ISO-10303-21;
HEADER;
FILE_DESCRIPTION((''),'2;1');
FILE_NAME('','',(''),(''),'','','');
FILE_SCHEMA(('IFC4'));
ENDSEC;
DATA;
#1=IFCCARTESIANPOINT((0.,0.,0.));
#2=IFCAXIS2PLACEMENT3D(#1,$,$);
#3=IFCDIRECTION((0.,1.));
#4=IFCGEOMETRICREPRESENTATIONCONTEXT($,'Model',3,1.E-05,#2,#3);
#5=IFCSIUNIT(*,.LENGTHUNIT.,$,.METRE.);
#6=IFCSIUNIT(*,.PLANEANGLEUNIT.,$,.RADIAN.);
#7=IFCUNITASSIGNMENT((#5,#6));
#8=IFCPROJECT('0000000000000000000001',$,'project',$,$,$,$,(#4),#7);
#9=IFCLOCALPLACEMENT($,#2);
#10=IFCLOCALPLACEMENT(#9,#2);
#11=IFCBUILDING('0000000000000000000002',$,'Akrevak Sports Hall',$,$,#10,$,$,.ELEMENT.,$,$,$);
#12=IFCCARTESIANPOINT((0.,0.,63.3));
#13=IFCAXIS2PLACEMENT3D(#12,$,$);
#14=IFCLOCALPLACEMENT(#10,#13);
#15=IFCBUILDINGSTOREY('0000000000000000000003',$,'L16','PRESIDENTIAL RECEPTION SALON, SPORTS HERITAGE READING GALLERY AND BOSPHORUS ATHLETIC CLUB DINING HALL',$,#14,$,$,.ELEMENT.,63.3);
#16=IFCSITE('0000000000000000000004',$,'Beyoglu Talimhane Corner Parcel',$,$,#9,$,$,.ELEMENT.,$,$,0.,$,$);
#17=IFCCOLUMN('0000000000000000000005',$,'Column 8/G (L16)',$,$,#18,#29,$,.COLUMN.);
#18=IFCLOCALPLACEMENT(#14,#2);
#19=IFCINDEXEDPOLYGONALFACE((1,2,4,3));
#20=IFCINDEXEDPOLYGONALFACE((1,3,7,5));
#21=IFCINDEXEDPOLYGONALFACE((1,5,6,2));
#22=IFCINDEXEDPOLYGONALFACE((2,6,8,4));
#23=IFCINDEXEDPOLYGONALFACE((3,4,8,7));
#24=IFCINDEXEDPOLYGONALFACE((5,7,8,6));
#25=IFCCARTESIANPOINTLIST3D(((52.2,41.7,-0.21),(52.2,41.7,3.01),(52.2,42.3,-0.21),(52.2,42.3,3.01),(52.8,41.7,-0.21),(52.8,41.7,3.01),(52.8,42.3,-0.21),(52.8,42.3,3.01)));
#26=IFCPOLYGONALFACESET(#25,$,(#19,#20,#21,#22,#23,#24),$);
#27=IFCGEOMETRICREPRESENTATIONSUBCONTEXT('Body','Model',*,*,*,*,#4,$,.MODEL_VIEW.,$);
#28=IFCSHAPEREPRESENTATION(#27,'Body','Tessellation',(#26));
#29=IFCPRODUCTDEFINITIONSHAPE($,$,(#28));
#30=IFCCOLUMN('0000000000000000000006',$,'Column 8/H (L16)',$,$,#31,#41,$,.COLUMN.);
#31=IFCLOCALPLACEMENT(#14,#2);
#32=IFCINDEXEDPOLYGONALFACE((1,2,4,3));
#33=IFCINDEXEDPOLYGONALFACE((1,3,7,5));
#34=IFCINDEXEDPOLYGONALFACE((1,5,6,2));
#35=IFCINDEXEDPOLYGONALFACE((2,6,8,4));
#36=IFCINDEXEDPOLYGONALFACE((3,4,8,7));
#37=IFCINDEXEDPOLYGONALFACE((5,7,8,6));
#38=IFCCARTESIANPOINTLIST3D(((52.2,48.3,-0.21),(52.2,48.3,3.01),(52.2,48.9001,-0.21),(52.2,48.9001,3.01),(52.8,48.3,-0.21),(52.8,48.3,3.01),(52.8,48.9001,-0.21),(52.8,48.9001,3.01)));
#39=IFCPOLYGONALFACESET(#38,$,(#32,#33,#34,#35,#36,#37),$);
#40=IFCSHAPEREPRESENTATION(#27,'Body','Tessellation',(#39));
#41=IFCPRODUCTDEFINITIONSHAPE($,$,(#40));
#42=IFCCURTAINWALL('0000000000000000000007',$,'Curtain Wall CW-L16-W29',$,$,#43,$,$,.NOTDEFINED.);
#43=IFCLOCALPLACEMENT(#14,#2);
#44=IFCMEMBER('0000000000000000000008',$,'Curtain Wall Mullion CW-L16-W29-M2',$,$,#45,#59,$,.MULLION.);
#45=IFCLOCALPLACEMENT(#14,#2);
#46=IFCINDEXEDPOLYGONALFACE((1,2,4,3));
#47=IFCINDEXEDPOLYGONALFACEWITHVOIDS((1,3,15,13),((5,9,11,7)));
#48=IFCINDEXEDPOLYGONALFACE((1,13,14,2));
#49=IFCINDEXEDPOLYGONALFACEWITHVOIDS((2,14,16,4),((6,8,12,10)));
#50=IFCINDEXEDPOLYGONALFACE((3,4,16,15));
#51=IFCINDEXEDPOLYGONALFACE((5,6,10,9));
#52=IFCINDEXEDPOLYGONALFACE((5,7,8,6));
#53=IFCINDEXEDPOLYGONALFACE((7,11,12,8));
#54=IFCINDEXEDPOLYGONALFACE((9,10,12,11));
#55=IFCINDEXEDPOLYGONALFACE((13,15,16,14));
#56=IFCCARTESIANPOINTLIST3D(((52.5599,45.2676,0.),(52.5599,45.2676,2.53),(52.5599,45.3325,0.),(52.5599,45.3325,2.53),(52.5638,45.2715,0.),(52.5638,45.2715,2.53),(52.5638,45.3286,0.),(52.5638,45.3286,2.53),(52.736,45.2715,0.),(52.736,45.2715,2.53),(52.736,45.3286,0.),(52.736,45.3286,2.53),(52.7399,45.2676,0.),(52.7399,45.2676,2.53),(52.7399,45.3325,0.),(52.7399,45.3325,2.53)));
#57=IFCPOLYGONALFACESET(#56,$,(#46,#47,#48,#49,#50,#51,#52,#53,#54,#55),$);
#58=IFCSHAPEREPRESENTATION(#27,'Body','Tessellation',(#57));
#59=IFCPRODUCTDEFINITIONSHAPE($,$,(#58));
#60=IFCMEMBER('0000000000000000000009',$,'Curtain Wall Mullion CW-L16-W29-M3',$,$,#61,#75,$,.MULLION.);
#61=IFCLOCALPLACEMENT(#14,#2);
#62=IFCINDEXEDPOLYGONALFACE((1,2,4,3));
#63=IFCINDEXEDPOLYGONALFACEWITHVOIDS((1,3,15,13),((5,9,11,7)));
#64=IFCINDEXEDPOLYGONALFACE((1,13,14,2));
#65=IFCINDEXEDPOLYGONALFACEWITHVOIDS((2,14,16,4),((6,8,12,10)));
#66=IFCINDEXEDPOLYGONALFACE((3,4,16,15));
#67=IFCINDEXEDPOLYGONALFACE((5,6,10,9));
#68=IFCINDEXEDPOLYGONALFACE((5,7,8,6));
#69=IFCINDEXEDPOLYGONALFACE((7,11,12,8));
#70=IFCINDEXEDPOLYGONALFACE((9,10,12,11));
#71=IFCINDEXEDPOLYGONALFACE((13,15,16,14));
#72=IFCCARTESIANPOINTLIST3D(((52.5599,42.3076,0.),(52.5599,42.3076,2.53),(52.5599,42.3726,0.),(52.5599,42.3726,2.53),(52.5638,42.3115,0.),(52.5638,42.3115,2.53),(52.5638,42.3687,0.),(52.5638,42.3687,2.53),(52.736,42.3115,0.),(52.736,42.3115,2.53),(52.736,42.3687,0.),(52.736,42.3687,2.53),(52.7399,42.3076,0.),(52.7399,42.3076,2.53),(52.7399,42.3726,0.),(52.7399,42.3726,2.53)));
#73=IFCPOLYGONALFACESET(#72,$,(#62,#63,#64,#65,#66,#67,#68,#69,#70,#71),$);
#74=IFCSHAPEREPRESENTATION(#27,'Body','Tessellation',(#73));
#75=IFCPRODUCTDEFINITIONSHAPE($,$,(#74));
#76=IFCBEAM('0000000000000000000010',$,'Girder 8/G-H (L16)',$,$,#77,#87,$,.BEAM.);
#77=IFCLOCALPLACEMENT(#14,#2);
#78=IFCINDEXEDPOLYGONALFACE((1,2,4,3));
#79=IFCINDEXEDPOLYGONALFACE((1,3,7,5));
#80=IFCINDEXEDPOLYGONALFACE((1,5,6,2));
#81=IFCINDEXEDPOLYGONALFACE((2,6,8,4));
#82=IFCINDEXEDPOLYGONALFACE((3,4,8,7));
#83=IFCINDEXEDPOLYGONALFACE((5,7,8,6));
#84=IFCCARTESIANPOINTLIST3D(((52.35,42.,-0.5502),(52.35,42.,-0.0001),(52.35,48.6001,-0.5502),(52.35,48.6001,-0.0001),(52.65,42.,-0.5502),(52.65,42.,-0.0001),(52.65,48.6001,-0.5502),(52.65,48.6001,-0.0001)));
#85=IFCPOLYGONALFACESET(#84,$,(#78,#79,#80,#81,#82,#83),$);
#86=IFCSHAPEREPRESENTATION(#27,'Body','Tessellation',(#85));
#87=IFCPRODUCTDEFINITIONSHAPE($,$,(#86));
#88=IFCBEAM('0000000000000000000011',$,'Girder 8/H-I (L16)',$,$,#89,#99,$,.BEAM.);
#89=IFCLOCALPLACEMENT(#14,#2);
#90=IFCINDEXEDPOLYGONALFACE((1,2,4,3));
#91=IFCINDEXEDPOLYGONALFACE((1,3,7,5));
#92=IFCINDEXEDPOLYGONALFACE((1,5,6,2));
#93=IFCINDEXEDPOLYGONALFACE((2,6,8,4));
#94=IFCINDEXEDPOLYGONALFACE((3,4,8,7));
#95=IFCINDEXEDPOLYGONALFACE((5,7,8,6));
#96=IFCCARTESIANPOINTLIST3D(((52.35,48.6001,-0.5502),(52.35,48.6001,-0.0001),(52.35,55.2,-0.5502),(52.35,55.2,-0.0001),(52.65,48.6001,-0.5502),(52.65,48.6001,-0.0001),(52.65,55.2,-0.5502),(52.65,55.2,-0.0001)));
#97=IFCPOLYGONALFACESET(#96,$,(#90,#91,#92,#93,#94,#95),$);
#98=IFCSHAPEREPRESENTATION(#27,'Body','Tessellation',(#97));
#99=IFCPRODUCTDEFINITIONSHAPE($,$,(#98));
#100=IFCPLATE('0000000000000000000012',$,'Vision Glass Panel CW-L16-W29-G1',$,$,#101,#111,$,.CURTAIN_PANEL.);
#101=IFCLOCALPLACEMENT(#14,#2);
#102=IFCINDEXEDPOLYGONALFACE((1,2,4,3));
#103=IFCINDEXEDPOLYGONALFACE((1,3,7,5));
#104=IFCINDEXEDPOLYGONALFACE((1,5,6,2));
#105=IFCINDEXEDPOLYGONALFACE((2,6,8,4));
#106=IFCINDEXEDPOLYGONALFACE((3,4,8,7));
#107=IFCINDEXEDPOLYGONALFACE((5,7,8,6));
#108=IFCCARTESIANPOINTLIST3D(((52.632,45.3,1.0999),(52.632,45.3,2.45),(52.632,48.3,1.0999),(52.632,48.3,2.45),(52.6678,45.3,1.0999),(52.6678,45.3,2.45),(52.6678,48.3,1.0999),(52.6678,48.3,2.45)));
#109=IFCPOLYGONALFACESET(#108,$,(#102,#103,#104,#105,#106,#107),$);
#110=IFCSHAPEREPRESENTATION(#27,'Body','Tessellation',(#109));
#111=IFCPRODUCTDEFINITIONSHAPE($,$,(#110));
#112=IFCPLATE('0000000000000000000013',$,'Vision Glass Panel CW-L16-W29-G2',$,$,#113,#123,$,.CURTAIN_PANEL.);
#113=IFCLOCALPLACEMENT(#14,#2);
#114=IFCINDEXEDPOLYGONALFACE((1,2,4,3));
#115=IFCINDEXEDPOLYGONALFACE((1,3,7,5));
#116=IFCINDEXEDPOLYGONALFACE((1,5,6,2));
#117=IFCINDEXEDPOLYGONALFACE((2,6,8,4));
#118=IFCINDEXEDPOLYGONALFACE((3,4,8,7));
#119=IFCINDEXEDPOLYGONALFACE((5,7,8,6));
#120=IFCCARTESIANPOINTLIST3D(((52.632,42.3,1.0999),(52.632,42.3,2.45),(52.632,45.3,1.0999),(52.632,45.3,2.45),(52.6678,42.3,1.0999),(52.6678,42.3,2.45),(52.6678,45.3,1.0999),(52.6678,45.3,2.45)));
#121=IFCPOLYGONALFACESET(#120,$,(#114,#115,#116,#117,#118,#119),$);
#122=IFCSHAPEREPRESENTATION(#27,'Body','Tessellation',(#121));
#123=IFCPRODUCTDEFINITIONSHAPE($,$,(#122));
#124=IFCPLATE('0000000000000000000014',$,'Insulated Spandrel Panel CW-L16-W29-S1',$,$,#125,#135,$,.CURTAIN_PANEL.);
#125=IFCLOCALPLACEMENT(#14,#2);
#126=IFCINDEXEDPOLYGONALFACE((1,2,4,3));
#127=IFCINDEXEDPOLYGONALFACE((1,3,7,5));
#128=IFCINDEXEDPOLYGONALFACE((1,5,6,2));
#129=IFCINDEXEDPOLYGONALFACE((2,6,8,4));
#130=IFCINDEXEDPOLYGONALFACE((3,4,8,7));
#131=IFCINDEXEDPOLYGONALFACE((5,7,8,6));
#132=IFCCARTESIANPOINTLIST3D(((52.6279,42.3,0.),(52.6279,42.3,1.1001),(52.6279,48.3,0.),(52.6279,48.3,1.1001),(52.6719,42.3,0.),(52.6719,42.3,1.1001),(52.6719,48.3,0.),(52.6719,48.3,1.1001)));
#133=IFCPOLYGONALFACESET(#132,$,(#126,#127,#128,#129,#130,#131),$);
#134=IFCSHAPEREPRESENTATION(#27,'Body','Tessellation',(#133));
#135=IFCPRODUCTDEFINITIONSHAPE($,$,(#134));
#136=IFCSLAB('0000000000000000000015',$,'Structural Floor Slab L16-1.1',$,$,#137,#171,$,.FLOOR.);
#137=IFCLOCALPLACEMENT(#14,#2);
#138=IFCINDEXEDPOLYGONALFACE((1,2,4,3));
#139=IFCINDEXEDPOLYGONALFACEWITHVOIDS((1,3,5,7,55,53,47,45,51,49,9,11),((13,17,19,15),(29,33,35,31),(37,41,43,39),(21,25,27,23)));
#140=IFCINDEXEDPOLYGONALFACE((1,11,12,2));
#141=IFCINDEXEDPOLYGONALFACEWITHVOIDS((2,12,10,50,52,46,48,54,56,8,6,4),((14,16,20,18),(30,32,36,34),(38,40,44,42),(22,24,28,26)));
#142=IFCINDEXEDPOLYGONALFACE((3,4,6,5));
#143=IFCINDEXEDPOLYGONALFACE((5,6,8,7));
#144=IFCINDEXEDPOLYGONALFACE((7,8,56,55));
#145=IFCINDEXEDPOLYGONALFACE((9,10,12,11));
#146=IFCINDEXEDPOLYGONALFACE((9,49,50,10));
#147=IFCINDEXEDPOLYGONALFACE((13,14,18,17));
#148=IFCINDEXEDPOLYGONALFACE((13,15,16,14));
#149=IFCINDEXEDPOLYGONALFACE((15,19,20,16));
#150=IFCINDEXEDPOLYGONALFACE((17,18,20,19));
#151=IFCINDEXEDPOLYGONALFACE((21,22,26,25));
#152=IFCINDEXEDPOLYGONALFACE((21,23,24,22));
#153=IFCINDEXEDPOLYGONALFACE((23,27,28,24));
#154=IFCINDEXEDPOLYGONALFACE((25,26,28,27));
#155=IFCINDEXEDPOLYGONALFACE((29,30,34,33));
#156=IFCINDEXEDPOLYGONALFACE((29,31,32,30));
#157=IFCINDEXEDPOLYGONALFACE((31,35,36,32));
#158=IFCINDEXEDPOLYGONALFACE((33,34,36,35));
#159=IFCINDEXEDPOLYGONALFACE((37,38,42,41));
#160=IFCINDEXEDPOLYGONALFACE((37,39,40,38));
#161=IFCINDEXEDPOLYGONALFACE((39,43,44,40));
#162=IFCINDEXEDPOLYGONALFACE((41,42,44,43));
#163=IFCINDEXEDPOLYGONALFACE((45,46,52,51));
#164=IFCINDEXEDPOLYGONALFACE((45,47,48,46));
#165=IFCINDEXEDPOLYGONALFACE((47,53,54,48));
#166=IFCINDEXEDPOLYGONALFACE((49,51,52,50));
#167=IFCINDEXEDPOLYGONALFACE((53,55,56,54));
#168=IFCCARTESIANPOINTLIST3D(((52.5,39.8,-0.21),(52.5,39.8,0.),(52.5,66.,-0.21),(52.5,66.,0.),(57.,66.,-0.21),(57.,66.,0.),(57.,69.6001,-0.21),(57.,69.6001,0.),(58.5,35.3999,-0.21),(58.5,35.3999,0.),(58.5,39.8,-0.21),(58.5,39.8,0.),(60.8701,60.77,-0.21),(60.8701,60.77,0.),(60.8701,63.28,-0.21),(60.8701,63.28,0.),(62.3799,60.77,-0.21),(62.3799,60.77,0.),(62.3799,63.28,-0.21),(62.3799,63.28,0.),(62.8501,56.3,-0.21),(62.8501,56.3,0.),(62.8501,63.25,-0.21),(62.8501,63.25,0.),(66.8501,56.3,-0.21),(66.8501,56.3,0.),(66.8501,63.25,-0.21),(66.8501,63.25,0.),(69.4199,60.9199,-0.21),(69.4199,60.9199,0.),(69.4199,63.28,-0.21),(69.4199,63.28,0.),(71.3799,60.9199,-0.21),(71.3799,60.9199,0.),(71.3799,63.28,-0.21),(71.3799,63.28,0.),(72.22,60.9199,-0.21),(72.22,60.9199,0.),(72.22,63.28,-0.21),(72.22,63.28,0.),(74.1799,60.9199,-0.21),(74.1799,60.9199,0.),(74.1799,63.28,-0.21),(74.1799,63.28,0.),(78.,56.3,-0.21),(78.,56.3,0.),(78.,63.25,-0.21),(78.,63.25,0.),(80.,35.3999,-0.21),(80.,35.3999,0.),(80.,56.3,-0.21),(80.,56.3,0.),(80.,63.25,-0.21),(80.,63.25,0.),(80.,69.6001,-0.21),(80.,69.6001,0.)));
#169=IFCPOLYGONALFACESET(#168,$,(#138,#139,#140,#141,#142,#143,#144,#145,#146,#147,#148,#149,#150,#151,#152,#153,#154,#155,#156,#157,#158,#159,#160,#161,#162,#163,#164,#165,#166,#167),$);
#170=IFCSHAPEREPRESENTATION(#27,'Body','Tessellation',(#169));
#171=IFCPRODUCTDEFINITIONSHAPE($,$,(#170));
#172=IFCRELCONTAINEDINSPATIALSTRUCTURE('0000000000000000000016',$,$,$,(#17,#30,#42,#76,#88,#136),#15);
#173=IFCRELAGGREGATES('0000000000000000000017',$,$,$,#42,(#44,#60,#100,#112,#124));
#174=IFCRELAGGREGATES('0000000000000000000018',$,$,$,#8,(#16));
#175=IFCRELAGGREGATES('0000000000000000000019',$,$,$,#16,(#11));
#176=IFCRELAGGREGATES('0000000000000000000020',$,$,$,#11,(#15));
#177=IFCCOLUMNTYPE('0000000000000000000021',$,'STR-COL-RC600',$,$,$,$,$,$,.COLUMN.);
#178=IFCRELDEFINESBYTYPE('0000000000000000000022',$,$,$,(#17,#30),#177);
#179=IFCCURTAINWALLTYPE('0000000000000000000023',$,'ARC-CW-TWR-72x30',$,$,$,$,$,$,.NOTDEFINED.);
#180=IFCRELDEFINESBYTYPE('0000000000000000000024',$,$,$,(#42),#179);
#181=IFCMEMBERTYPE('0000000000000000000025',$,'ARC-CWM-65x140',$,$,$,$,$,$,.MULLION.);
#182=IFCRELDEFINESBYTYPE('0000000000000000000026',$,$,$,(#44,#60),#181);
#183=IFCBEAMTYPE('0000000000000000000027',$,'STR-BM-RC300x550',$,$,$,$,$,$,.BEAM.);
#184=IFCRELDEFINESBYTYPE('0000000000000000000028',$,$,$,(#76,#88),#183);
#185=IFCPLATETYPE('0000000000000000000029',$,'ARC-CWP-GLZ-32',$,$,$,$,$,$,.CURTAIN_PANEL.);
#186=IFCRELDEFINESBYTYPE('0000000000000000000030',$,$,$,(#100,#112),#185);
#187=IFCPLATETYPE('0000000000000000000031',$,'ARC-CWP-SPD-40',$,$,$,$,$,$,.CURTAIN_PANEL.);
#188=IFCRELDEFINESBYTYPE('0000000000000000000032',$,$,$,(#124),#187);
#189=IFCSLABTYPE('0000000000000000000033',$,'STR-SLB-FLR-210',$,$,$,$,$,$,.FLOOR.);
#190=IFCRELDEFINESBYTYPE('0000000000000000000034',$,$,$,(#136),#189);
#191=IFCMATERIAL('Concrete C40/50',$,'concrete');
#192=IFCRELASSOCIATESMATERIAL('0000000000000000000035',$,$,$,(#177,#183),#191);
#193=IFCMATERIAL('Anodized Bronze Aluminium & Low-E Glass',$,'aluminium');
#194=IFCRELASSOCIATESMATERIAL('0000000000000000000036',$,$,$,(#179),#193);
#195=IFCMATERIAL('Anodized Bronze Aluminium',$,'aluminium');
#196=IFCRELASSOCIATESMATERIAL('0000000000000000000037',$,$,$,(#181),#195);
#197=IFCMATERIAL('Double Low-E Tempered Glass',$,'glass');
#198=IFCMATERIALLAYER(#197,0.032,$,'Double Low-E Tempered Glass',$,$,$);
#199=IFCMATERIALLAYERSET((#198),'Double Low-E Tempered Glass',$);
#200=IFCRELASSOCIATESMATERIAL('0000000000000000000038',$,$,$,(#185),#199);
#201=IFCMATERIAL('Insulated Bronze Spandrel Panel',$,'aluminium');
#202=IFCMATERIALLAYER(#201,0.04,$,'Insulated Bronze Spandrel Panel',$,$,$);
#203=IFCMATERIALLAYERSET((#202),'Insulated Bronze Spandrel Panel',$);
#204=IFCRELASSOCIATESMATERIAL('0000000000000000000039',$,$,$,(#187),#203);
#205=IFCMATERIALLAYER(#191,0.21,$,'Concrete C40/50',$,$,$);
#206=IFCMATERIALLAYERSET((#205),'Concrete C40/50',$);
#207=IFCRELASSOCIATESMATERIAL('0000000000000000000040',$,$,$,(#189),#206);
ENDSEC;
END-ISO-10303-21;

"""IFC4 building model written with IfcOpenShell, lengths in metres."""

from ifc_helpers import new_model, si_unit, direction, frame, origin, origin_2d, place, context, subcontext, project, spatial, polyline, rectangle, hollow_rectangle, outline, extrude, material, layer, layer_set, material_profile, profile_set, type_object, element, aggregate, save


model = new_model("IFC4")

# Units and contexts
model_context = context("Model", 3, precision=1e-05, world=origin(), true_north=direction((0.0, 1.0)))
body_context = subcontext(model_context, "Body", "Model", "MODEL_VIEW")
ifc_project = project(units=[si_unit("LENGTHUNIT", "METRE"), si_unit("PLANEANGLEUNIT", "RADIAN")], contexts=[model_context])

# Site, building, storey
site_placement = place(None, origin())
site = spatial("IfcSite", under=ifc_project, at=site_placement, Name="Beyoglu Talimhane Corner Parcel", CompositionType="ELEMENT", RefElevation=0.0)
building_placement = place(site_placement, origin())
building = spatial("IfcBuilding", under=site, at=building_placement, Name="Akrevak Sports Hall", CompositionType="ELEMENT")
storey_placement = place(building_placement, frame((0.0, 0.0, 63.3)))
storey = spatial("IfcBuildingStorey", under=building, at=storey_placement, Name="L16", Description="PRESIDENTIAL RECEPTION SALON, SPORTS HERITAGE READING GALLERY AND BOSPHORUS ATHLETIC CLUB DINING HALL", CompositionType="ELEMENT", Elevation=63.3)

# Columns
ifc_material_1 = material(Name="Concrete C40/50", Category="concrete")
ifc_material_profile_1 = material_profile(ifc_material_1, rectangle(XDim=0.6001, YDim=0.6001, at=origin_2d()), Name="RC 600x600", Category="concrete")
ifc_profile_set_1 = profile_set([ifc_material_profile_1], Name="Concrete C40/50")
column_type = type_object("IfcColumnType", Name="STR-COL-RC600", PredefinedType="COLUMN", material=ifc_profile_set_1)
for number, where, z_axis, x_axis, name in (
    (1, (52.5, 42.0, -0.21), (0.0, 0.0, 1.0), (1.0, 0.0, 0.0), "Column 8/G (L16)"),
    (2, (52.5, 48.6001, -0.21), (0.0, 0.0, 1.0), (1.0, 0.0, 0.0), "Column 8/H (L16)"),
):
    element("IfcColumn", number, at=place(storey_placement, frame(where, z_axis=z_axis, x_axis=x_axis)), inside=storey, type_object=column_type, Name=name, PredefinedType="COLUMN", context=body_context, shape_type="SweptSolid", body=[
        extrude(rectangle(XDim=0.6001, YDim=0.6001, at=origin_2d()), origin(), (0.0, 0.0, 1.0), 3.22),
    ])

# Curtain wall, members
ifc_material_2 = material(Name="Anodized Bronze Aluminium & Low-E Glass", Category="aluminium")
curtain_wall_type = type_object("IfcCurtainWallType", Name="ARC-CW-TWR-72x30", PredefinedType="NOTDEFINED", material=ifc_material_2)
curtain_wall_placement = place(storey_placement, origin())
curtain_wall = element("IfcCurtainWall", 3, at=curtain_wall_placement, inside=storey, type_object=curtain_wall_type, Name="Curtain Wall CW-L16-W29", PredefinedType="NOTDEFINED")
ifc_material_3 = material(Name="Anodized Bronze Aluminium", Category="aluminium")
ifc_material_profile_2 = material_profile(ifc_material_3, hollow_rectangle(XDim=0.0649, YDim=0.1799, WallThickness=0.0039, at=origin_2d()), Name="CWM 65x180", Category="aluminium")
ifc_profile_set_2 = profile_set([ifc_material_profile_2], Name="Anodized Bronze Aluminium")
member_type = type_object("IfcMemberType", Name="ARC-CWM-65x140", PredefinedType="MULLION", material=ifc_profile_set_2)
member_1_placement = place(storey_placement, frame((52.6499, 45.3, 0.0), z_axis=(0.0, 0.0, 1.0), x_axis=(0.0, -1.0, 0.0)))
member_1 = element("IfcMember", 4, at=member_1_placement, type_object=member_type, Name="Curtain Wall Mullion CW-L16-W29-M2", PredefinedType="MULLION", context=body_context, shape_type="SweptSolid", body=[
    extrude(hollow_rectangle(XDim=0.0649, YDim=0.1799, WallThickness=0.0039, at=origin_2d()), origin(), (0.0, 0.0, 1.0), 2.53),
])
member_2_placement = place(storey_placement, frame((52.6499, 42.3401, 0.0), z_axis=(0.0, 0.0, 1.0), x_axis=(0.0, -1.0, 0.0)))
member_2 = element("IfcMember", 5, at=member_2_placement, type_object=member_type, Name="Curtain Wall Mullion CW-L16-W29-M3", PredefinedType="MULLION", context=body_context, shape_type="SweptSolid", body=[
    extrude(hollow_rectangle(XDim=0.0649, YDim=0.1799, WallThickness=0.0039, at=origin_2d()), origin(), (0.0, 0.0, 1.0), 2.53),
])

# Beams
ifc_material_profile_3 = material_profile(ifc_material_1, rectangle(XDim=0.3, YDim=0.55, at=origin_2d()), Name="BM 300x550", Category="concrete")
ifc_profile_set_3 = profile_set([ifc_material_profile_3], Name="Concrete C40/50")
beam_type = type_object("IfcBeamType", Name="STR-BM-RC300x550", PredefinedType="BEAM", material=ifc_profile_set_3)
beam_1_placement = place(storey_placement, frame((52.5, 42.0, -0.2751), z_axis=(0.0, 1.0, 0.0), x_axis=(-1.0, 0.0, 0.0)))
element("IfcBeam", 6, at=beam_1_placement, inside=storey, type_object=beam_type, Name="Girder 8/G-H (L16)", PredefinedType="BEAM", context=body_context, shape_type="SweptSolid", body=[
    extrude(rectangle(XDim=0.3, YDim=0.55, at=origin_2d()), origin(), (0.0, 0.0, 1.0), 6.6001),
])
beam_2_placement = place(storey_placement, frame((52.5, 48.6001, -0.2751), z_axis=(0.0, 1.0, 0.0), x_axis=(-1.0, 0.0, 0.0)))
element("IfcBeam", 7, at=beam_2_placement, inside=storey, type_object=beam_type, Name="Girder 8/H-I (L16)", PredefinedType="BEAM", context=body_context, shape_type="SweptSolid", body=[
    extrude(rectangle(XDim=0.3, YDim=0.55, at=origin_2d()), origin(), (0.0, 0.0, 1.0), 6.5999),
])

# Plates
ifc_material_4 = material(Name="Double Low-E Tempered Glass", Category="glass")
ifc_layer_1 = layer(ifc_material_4, 0.032, Name="Double Low-E Tempered Glass")
ifc_layer_set_1 = layer_set([ifc_layer_1], Name="Double Low-E Tempered Glass")
plate_type_1 = type_object("IfcPlateType", Name="ARC-CWP-GLZ-32", PredefinedType="CURTAIN_PANEL", material=ifc_layer_set_1)
plate_1_placement = place(storey_placement, frame((52.6499, 46.8, 1.0999), z_axis=(0.0, 0.0, 1.0), x_axis=(0.0, -1.0, 0.0)))
plate_1 = element("IfcPlate", 8, at=plate_1_placement, type_object=plate_type_1, Name="Vision Glass Panel CW-L16-W29-G1", PredefinedType="CURTAIN_PANEL", context=body_context, shape_type="SweptSolid", body=[
    extrude(rectangle(XDim=3.0, YDim=0.0359, at=origin_2d()), origin(), (0.0, 0.0, 1.0), 1.3501),
])
plate_2_placement = place(storey_placement, frame((52.6499, 43.8, 1.0999), z_axis=(0.0, 0.0, 1.0), x_axis=(0.0, -1.0, 0.0)))
plate_2 = element("IfcPlate", 9, at=plate_2_placement, type_object=plate_type_1, Name="Vision Glass Panel CW-L16-W29-G2", PredefinedType="CURTAIN_PANEL", context=body_context, shape_type="SweptSolid", body=[
    extrude(rectangle(XDim=3.0, YDim=0.0359, at=origin_2d()), origin(), (0.0, 0.0, 1.0), 1.3501),
])
ifc_material_5 = material(Name="Insulated Bronze Spandrel Panel", Category="aluminium")
ifc_layer_2 = layer(ifc_material_5, 0.04, Name="Insulated Bronze Spandrel Panel")
ifc_layer_set_2 = layer_set([ifc_layer_2], Name="Insulated Bronze Spandrel Panel")
plate_type_2 = type_object("IfcPlateType", Name="ARC-CWP-SPD-40", PredefinedType="CURTAIN_PANEL", material=ifc_layer_set_2)
plate_3_placement = place(storey_placement, frame((52.6499, 45.3, 0.0), z_axis=(0.0, 0.0, 1.0), x_axis=(0.0, -1.0, 0.0)))
plate_3 = element("IfcPlate", 10, at=plate_3_placement, type_object=plate_type_2, Name="Insulated Spandrel Panel CW-L16-W29-S1", PredefinedType="CURTAIN_PANEL", context=body_context, shape_type="SweptSolid", body=[
    extrude(rectangle(XDim=6.0, YDim=0.0439, at=origin_2d()), origin(), (0.0, 0.0, 1.0), 1.1001),
])
aggregate(curtain_wall, [member_1, member_2, plate_1, plate_2, plate_3])

# Slab
ifc_layer_3 = layer(ifc_material_1, 0.21, Name="Concrete C40/50")
ifc_layer_set_3 = layer_set([ifc_layer_3], Name="Concrete C40/50")
slab_type_1 = type_object("IfcSlabType", Name="STR-SLB-FLR-210", PredefinedType="FLOOR", material=ifc_layer_set_3)
slab_1_placement = place(storey_placement, frame((0.0, 0.0, -0.21)))
element("IfcSlab", 11, at=slab_1_placement, inside=storey, type_object=slab_type_1, Name="Structural Floor Slab L16-1.1", PredefinedType="FLOOR", context=body_context, shape_type="SweptSolid", body=[
    extrude(outline(polyline([(58.5, 39.8), (58.5, 35.3999), (80.0, 35.3999), (80.0, 56.3), (78.0, 56.3), (78.0, 63.25), (80.0, 63.25), (80.0, 69.6001), (57.0, 69.6001), (57.0, 66.0), (52.5, 66.0), (52.5, 39.8), (58.5, 39.8)]), holes=[polyline([(62.8501, 63.25), (66.8501, 63.25), (66.8501, 56.3), (62.8501, 56.3), (62.8501, 63.25)]), polyline([(60.8701, 63.28), (62.3799, 63.28), (62.3799, 60.77), (60.8701, 60.77), (60.8701, 63.28)]), polyline([(69.4199, 63.28), (71.3799, 63.28), (71.3799, 60.9199), (69.4199, 60.9199), (69.4199, 63.28)]), polyline([(72.22, 63.28), (74.1799, 63.28), (74.1799, 60.9199), (72.22, 60.9199), (72.22, 63.28)])]), origin(), (0.0, 0.0, 1.0), 0.21),
])

save(model, "model.ifc")
